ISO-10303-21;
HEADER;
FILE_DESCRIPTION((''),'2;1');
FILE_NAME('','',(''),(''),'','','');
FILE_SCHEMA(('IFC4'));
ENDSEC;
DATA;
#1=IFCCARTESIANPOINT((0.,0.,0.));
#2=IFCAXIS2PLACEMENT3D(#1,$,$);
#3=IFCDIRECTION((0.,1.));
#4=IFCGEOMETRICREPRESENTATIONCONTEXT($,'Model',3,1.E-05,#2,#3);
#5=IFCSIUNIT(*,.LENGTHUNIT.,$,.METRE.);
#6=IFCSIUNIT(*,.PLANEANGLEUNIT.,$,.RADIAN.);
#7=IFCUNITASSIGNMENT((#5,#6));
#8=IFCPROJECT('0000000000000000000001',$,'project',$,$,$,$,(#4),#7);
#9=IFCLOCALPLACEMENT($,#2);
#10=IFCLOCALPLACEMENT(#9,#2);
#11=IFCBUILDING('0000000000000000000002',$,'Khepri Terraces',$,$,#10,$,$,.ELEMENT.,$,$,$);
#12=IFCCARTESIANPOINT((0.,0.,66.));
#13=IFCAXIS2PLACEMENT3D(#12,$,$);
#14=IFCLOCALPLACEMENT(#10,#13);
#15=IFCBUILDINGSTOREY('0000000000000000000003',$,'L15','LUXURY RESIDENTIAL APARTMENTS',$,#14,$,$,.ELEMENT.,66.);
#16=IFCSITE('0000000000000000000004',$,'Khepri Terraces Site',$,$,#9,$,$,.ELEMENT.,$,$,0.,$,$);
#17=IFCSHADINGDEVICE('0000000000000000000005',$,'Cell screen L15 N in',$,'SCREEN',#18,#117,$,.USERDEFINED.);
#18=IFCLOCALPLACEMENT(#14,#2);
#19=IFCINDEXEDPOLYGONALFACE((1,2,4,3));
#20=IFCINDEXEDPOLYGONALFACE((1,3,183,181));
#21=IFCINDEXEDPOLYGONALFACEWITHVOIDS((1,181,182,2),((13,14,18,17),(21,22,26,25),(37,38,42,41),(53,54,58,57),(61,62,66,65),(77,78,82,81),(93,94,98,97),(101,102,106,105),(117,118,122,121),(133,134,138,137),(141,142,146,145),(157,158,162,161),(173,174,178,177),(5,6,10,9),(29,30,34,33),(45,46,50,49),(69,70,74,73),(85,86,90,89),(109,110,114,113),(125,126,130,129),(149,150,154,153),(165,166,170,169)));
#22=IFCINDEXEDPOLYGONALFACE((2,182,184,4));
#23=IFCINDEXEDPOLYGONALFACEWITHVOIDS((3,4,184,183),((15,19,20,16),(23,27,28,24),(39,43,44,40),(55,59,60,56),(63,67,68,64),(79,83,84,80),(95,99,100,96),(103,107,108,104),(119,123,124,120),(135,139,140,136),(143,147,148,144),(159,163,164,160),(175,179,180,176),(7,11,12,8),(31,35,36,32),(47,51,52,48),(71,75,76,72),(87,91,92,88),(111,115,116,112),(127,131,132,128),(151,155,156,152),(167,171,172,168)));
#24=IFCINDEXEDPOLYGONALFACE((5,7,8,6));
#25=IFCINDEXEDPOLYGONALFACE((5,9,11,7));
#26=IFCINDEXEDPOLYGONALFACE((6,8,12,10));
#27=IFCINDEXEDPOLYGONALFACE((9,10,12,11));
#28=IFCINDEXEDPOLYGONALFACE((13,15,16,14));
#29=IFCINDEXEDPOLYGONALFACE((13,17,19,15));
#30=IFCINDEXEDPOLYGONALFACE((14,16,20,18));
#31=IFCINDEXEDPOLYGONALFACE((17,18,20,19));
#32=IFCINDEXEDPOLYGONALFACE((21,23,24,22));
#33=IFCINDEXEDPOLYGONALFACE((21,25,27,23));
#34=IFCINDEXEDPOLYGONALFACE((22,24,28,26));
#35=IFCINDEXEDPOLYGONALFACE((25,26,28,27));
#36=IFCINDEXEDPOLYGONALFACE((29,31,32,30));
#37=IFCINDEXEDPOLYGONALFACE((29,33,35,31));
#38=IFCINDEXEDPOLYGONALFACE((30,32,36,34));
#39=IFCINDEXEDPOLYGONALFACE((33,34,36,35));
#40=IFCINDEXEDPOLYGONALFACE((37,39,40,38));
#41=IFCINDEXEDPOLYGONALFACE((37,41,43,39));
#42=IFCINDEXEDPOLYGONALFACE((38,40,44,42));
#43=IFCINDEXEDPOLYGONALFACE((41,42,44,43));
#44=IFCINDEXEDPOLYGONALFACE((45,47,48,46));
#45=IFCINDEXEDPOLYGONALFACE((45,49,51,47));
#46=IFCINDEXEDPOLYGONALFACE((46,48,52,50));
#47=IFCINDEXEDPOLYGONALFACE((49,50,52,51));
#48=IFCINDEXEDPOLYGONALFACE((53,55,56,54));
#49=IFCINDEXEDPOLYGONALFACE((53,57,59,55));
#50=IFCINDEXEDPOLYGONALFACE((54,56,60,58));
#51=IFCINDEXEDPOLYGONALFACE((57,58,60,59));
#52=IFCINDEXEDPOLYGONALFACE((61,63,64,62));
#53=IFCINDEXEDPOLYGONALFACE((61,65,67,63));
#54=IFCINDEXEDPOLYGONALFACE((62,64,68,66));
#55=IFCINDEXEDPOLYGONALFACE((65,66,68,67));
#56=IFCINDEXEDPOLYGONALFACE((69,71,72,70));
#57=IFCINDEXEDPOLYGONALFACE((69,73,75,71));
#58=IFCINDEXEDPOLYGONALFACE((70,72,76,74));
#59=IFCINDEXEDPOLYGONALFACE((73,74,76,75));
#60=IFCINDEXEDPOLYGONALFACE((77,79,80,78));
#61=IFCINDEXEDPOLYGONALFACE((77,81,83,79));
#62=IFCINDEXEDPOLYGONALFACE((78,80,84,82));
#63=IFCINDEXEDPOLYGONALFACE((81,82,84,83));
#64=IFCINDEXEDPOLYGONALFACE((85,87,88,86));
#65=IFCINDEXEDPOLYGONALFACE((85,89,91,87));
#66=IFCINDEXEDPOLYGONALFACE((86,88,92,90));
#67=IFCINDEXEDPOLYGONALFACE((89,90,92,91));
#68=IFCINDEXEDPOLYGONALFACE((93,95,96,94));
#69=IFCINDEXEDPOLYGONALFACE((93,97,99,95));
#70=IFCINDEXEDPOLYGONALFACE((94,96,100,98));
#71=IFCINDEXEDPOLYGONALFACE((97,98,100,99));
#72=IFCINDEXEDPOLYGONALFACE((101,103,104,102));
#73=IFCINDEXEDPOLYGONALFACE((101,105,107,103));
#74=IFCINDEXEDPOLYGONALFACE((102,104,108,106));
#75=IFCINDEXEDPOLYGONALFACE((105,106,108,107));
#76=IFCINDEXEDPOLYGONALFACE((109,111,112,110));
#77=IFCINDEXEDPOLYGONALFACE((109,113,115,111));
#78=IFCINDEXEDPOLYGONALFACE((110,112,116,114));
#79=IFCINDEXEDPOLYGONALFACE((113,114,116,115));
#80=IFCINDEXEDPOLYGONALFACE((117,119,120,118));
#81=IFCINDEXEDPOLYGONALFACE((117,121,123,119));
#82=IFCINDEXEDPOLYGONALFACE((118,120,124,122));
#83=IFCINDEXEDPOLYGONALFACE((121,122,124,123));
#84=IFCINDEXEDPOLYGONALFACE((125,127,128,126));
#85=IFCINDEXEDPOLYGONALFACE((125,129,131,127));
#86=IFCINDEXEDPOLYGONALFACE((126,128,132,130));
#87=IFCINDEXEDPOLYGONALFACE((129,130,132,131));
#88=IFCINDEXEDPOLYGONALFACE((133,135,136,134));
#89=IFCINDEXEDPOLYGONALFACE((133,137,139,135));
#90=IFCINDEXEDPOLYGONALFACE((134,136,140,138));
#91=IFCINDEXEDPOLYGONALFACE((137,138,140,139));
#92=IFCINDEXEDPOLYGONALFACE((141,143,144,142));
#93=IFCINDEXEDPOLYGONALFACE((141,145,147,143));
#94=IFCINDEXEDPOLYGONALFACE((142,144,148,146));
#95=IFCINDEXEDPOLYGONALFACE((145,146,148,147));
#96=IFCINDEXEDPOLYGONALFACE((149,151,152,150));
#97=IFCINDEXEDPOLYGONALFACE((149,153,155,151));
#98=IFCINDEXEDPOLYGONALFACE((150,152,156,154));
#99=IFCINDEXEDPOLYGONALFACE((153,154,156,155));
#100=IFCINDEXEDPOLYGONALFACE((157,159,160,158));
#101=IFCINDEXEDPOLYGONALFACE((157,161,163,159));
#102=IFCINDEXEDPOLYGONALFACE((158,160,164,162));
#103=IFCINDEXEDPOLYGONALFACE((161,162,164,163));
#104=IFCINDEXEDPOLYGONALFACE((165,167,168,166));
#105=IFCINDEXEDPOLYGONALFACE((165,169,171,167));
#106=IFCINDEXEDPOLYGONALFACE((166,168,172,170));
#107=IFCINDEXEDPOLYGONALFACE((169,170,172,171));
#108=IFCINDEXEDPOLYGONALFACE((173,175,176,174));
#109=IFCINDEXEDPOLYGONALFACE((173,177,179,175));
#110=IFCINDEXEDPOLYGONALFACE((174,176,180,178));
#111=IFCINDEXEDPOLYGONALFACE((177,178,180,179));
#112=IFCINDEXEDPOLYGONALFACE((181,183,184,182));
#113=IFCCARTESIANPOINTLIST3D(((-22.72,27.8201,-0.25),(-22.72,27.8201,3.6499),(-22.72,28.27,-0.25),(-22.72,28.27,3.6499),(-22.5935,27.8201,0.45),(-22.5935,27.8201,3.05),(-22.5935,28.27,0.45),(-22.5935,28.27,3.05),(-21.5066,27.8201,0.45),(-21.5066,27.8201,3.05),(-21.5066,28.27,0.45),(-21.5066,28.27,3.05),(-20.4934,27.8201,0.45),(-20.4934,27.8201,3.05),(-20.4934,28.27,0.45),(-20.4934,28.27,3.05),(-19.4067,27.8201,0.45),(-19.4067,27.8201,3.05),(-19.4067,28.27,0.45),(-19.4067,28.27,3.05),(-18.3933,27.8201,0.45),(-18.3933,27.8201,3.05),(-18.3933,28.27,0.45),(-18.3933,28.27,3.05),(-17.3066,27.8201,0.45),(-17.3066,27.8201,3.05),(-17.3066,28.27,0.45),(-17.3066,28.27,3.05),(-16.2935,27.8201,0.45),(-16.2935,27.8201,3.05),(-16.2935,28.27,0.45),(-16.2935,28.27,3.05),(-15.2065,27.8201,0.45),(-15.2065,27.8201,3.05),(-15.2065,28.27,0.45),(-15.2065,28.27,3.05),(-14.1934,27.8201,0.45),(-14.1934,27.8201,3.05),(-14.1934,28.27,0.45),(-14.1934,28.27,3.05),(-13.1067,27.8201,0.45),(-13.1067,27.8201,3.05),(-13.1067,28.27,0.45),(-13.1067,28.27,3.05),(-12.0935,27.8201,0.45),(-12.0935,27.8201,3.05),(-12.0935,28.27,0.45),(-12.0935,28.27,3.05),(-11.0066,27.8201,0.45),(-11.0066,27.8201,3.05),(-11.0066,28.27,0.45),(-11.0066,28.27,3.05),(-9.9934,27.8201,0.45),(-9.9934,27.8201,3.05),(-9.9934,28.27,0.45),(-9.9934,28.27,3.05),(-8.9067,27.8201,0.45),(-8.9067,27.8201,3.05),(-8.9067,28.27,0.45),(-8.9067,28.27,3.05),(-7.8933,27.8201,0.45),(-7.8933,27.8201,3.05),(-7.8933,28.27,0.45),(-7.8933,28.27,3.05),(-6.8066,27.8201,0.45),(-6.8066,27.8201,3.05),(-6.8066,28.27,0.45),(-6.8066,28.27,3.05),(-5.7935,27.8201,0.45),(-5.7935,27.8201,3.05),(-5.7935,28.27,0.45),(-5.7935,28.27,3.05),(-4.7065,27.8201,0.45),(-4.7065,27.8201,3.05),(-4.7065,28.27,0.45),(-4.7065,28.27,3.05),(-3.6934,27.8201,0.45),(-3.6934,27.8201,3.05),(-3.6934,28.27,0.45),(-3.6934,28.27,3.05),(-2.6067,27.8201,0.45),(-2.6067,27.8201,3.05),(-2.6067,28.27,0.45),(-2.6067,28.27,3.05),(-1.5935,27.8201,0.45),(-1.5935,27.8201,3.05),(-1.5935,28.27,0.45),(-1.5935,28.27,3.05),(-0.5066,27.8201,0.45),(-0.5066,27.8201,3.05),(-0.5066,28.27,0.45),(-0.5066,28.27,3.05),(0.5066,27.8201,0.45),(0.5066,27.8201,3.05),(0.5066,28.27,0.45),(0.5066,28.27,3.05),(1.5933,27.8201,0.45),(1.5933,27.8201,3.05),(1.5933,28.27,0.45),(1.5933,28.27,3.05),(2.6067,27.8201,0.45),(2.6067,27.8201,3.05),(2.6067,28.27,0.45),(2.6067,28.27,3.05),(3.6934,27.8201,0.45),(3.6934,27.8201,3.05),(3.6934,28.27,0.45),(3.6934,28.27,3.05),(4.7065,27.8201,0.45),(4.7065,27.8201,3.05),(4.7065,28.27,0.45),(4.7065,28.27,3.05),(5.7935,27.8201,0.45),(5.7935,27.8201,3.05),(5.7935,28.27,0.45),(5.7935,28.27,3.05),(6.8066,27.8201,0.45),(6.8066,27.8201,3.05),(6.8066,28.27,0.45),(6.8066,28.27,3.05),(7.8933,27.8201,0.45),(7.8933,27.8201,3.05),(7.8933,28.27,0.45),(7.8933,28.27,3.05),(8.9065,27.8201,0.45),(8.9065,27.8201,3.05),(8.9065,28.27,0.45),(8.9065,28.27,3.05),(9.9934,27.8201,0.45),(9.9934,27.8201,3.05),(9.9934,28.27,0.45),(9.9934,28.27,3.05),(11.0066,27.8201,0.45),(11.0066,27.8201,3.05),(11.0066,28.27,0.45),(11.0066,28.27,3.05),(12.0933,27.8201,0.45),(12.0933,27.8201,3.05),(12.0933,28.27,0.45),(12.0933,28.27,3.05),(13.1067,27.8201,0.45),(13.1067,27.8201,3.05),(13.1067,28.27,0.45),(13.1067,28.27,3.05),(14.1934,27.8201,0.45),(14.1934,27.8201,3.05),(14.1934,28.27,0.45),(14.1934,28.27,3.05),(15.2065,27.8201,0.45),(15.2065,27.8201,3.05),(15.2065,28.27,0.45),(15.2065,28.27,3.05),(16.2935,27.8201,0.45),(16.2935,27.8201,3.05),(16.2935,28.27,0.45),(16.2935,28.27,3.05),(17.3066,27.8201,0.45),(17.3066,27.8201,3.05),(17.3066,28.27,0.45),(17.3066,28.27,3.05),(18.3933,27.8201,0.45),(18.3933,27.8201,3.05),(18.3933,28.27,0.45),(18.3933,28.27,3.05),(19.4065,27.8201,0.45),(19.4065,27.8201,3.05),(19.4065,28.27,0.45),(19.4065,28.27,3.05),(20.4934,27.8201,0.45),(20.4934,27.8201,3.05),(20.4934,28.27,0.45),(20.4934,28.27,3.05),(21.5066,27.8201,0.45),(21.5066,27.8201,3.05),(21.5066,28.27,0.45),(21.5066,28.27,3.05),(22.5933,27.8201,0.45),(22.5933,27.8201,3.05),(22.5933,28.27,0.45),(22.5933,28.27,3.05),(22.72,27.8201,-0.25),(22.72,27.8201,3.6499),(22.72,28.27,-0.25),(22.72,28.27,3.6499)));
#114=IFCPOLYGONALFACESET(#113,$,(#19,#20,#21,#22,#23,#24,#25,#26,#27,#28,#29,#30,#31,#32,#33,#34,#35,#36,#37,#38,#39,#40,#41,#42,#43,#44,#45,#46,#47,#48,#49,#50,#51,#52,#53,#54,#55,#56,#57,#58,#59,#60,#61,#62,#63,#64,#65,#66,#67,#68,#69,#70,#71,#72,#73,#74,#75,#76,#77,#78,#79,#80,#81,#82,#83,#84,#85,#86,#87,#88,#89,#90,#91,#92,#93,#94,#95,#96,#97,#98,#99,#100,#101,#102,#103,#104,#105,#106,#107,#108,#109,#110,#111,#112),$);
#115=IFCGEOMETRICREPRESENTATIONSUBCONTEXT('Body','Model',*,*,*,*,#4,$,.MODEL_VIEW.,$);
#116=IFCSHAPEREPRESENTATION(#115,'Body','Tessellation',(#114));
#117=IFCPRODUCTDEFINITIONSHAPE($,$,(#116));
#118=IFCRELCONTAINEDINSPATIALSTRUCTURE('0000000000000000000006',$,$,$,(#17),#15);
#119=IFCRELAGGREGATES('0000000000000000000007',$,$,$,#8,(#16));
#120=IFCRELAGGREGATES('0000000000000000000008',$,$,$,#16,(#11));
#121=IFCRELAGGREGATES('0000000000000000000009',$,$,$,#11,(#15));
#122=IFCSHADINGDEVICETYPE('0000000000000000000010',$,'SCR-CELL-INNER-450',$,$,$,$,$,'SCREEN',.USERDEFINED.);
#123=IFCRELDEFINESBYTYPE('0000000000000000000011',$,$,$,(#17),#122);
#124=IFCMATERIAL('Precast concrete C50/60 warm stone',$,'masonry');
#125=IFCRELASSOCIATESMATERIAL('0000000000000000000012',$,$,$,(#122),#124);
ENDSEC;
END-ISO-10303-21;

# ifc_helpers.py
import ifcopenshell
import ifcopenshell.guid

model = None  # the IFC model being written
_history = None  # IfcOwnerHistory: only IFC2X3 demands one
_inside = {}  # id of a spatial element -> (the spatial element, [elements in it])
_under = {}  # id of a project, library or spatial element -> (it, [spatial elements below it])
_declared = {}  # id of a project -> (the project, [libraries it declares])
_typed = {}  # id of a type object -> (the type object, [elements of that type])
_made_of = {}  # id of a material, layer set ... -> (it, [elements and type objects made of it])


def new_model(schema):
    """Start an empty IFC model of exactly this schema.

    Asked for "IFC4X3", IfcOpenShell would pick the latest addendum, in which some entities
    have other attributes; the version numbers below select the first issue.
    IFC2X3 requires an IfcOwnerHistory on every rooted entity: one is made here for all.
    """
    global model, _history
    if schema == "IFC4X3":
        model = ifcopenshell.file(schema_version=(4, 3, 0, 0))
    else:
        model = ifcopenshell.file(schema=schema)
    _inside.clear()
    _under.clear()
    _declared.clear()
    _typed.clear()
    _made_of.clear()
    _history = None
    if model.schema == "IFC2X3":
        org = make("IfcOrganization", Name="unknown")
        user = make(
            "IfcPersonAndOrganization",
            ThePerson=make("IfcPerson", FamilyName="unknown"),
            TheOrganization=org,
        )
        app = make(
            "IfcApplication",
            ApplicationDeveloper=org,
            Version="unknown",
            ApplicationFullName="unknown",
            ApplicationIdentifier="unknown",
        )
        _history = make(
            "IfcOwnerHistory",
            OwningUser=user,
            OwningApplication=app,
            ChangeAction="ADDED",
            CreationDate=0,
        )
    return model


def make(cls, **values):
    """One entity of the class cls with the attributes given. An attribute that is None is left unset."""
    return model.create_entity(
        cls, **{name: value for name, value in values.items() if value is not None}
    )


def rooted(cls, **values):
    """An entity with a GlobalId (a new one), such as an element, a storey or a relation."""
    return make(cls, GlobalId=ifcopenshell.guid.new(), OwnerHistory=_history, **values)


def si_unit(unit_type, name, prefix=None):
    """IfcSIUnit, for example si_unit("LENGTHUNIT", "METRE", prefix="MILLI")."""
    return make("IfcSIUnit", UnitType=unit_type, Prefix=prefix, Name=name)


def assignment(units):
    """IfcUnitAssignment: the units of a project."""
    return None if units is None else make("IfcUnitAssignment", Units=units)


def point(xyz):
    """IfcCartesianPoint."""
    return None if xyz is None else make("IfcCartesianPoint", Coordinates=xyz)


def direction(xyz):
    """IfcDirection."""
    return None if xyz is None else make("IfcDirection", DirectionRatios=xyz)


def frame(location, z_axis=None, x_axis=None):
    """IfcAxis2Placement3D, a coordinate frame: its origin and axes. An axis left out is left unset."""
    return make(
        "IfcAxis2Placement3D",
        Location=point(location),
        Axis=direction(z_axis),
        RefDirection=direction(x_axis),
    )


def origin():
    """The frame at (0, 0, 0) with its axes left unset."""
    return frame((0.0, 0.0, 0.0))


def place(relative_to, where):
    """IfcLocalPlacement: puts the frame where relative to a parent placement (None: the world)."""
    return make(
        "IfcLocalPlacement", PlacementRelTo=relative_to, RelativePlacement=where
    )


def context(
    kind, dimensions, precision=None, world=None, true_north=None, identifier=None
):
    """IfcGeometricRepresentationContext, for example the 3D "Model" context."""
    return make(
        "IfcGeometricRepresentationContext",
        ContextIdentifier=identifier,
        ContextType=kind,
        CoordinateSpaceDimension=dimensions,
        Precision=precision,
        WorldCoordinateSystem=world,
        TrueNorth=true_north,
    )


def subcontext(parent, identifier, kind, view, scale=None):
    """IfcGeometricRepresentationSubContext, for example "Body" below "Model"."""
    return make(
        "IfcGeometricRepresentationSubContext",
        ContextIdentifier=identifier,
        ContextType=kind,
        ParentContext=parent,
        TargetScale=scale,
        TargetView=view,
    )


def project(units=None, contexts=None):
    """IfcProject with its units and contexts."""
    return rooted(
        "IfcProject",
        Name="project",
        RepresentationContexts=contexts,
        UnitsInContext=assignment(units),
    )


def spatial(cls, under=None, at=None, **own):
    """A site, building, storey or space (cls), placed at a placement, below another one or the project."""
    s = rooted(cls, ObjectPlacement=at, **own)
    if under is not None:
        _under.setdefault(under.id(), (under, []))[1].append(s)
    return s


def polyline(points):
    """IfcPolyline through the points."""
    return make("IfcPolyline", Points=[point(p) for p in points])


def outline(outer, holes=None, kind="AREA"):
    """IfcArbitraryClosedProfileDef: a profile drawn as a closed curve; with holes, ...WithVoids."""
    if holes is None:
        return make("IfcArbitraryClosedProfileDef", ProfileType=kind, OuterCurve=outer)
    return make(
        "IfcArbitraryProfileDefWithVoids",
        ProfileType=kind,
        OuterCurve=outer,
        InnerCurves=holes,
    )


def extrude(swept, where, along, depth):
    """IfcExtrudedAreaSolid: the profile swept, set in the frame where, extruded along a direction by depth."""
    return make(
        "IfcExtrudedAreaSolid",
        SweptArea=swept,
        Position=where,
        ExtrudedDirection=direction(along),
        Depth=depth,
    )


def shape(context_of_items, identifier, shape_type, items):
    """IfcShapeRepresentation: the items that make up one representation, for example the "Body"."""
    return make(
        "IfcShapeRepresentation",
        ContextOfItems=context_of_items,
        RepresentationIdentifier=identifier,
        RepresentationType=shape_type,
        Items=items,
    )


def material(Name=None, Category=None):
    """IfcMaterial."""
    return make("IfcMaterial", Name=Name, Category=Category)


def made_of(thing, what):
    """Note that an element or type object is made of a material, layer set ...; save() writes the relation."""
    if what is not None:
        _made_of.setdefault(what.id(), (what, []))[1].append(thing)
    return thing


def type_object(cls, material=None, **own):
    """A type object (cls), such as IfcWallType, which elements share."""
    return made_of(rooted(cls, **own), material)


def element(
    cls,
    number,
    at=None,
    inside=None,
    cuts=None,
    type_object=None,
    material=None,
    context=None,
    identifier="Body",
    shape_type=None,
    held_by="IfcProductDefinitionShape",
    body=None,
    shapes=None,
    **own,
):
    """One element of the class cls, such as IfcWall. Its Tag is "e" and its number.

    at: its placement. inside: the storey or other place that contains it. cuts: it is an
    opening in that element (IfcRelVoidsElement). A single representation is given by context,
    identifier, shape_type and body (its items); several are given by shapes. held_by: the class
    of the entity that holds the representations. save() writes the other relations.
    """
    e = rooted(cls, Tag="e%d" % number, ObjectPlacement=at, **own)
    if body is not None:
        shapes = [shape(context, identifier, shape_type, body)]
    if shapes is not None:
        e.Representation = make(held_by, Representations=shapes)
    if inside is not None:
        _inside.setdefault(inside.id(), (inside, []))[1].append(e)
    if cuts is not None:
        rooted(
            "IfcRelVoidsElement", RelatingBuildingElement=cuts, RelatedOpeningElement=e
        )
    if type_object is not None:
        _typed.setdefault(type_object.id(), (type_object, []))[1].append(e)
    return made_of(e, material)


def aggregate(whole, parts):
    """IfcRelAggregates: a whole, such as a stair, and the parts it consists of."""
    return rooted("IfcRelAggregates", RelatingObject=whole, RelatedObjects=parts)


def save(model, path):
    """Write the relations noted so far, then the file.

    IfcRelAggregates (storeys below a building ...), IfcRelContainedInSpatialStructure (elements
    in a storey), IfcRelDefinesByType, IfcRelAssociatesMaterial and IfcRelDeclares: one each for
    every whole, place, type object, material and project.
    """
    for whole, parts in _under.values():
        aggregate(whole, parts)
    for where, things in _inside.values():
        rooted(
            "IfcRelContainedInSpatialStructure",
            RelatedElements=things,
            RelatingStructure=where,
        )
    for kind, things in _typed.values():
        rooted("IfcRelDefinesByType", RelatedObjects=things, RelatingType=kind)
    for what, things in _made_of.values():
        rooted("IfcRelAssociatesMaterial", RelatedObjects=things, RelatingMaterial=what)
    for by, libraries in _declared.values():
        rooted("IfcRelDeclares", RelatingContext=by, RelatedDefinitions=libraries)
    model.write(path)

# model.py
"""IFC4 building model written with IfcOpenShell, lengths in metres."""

from ifc_helpers import new_model, si_unit, direction, frame, origin, place, context, subcontext, project, spatial, polyline, outline, extrude, material, type_object, element, save


model = new_model("IFC4")

# Units and contexts
model_context = context("Model", 3, precision=1e-05, world=origin(), true_north=direction((0.0, 1.0)))
body_context = subcontext(model_context, "Body", "Model", "MODEL_VIEW")
ifc_project = project(units=[si_unit("LENGTHUNIT", "METRE"), si_unit("PLANEANGLEUNIT", "RADIAN")], contexts=[model_context])

# Site, building, storey
site_placement = place(None, origin())
site = spatial("IfcSite", under=ifc_project, at=site_placement, Name="Khepri Terraces Site", CompositionType="ELEMENT", RefElevation=0.0)
building_placement = place(site_placement, origin())
building = spatial("IfcBuilding", under=site, at=building_placement, Name="Khepri Terraces", CompositionType="ELEMENT")
storey_placement = place(building_placement, frame((0.0, 0.0, 66.0)))
storey = spatial("IfcBuildingStorey", under=building, at=storey_placement, Name="L15", Description="LUXURY RESIDENTIAL APARTMENTS", CompositionType="ELEMENT", Elevation=66.0)

# Shared definitions
ifc_material_1 = material(Name="Precast concrete C50/60 warm stone", Category="masonry")

# Shading device
shading_device_type_1 = type_object("IfcShadingDeviceType", Name="SCR-CELL-INNER-450", ElementType="SCREEN", PredefinedType="USERDEFINED", material=ifc_material_1)
shading_device_1_placement = place(storey_placement, frame((22.72, 27.8201, -0.25), z_axis=(0.0, 1.0, 0.0), x_axis=(-1.0, 0.0, 0.0)))
element("IfcShadingDevice", 1, at=shading_device_1_placement, inside=storey, type_object=shading_device_type_1, Name="Cell screen L15 N in", ObjectType="SCREEN", PredefinedType="USERDEFINED", context=body_context, shape_type="SweptSolid", body=[
    extrude(outline(polyline([(0.0, 0.0), (45.4399, 0.0), (45.4399, 3.8999), (0.0, 3.8999), (0.0, 0.0)]), holes=[polyline([(0.1267, 0.7), (1.2134, 0.7), (1.2134, 3.3), (0.1267, 3.3), (0.1267, 0.7)]), polyline([(2.2266, 0.7), (3.3135, 0.7), (3.3135, 3.3), (2.2266, 3.3), (2.2266, 0.7)]), polyline([(4.3267, 0.7), (5.4133, 0.7), (5.4133, 3.3), (4.3267, 3.3), (4.3267, 0.7)]), polyline([(6.4265, 0.7), (7.5134, 0.7), (7.5134, 3.3), (6.4265, 3.3), (6.4265, 0.7)]), polyline([(8.5266, 0.7), (9.6133, 0.7), (9.6133, 3.3), (8.5266, 3.3), (8.5266, 0.7)]), polyline([(10.6267, 0.7), (11.7134, 0.7), (11.7134, 3.3), (10.6267, 3.3), (10.6267, 0.7)]), polyline([(12.7266, 0.7), (13.8135, 0.7), (13.8135, 3.3), (12.7266, 3.3), (12.7266, 0.7)]), polyline([(14.8267, 0.7), (15.9133, 0.7), (15.9133, 3.3), (14.8267, 3.3), (14.8267, 0.7)]), polyline([(16.9265, 0.7), (18.0134, 0.7), (18.0134, 3.3), (16.9265, 3.3), (16.9265, 0.7)]), polyline([(19.0266, 0.7), (20.1133, 0.7), (20.1133, 3.3), (19.0266, 3.3), (19.0266, 0.7)]), polyline([(21.1267, 0.7), (22.2134, 0.7), (22.2134, 3.3), (21.1267, 3.3), (21.1267, 0.7)]), polyline([(23.2266, 0.7), (24.3135, 0.7), (24.3135, 3.3), (23.2266, 3.3), (23.2266, 0.7)]), polyline([(25.3267, 0.7), (26.4133, 0.7), (26.4133, 3.3), (25.3267, 3.3), (25.3267, 0.7)]), polyline([(27.4265, 0.7), (28.5134, 0.7), (28.5134, 3.3), (27.4265, 3.3), (27.4265, 0.7)]), polyline([(29.5266, 0.7), (30.6133, 0.7), (30.6133, 3.3), (29.5266, 3.3), (29.5266, 0.7)]), polyline([(31.6267, 0.7), (32.7134, 0.7), (32.7134, 3.3), (31.6267, 3.3), (31.6267, 0.7)]), polyline([(33.7266, 0.7), (34.8135, 0.7), (34.8135, 3.3), (33.7266, 3.3), (33.7266, 0.7)]), polyline([(35.8267, 0.7), (36.9133, 0.7), (36.9133, 3.3), (35.8267, 3.3), (35.8267, 0.7)]), polyline([(37.9265, 0.7), (39.0134, 0.7), (39.0134, 3.3), (37.9265, 3.3), (37.9265, 0.7)]), polyline([(40.0266, 0.7), (41.1133, 0.7), (41.1133, 3.3), (40.0266, 3.3), (40.0266, 0.7)]), polyline([(42.1267, 0.7), (43.2134, 0.7), (43.2134, 3.3), (42.1267, 3.3), (42.1267, 0.7)]), polyline([(44.2266, 0.7), (45.3135, 0.7), (45.3135, 3.3), (44.2266, 3.3), (44.2266, 0.7)])]), origin(), (0.0, 0.0, 1.0), 0.45),
])

save(model, "model.ifc")
